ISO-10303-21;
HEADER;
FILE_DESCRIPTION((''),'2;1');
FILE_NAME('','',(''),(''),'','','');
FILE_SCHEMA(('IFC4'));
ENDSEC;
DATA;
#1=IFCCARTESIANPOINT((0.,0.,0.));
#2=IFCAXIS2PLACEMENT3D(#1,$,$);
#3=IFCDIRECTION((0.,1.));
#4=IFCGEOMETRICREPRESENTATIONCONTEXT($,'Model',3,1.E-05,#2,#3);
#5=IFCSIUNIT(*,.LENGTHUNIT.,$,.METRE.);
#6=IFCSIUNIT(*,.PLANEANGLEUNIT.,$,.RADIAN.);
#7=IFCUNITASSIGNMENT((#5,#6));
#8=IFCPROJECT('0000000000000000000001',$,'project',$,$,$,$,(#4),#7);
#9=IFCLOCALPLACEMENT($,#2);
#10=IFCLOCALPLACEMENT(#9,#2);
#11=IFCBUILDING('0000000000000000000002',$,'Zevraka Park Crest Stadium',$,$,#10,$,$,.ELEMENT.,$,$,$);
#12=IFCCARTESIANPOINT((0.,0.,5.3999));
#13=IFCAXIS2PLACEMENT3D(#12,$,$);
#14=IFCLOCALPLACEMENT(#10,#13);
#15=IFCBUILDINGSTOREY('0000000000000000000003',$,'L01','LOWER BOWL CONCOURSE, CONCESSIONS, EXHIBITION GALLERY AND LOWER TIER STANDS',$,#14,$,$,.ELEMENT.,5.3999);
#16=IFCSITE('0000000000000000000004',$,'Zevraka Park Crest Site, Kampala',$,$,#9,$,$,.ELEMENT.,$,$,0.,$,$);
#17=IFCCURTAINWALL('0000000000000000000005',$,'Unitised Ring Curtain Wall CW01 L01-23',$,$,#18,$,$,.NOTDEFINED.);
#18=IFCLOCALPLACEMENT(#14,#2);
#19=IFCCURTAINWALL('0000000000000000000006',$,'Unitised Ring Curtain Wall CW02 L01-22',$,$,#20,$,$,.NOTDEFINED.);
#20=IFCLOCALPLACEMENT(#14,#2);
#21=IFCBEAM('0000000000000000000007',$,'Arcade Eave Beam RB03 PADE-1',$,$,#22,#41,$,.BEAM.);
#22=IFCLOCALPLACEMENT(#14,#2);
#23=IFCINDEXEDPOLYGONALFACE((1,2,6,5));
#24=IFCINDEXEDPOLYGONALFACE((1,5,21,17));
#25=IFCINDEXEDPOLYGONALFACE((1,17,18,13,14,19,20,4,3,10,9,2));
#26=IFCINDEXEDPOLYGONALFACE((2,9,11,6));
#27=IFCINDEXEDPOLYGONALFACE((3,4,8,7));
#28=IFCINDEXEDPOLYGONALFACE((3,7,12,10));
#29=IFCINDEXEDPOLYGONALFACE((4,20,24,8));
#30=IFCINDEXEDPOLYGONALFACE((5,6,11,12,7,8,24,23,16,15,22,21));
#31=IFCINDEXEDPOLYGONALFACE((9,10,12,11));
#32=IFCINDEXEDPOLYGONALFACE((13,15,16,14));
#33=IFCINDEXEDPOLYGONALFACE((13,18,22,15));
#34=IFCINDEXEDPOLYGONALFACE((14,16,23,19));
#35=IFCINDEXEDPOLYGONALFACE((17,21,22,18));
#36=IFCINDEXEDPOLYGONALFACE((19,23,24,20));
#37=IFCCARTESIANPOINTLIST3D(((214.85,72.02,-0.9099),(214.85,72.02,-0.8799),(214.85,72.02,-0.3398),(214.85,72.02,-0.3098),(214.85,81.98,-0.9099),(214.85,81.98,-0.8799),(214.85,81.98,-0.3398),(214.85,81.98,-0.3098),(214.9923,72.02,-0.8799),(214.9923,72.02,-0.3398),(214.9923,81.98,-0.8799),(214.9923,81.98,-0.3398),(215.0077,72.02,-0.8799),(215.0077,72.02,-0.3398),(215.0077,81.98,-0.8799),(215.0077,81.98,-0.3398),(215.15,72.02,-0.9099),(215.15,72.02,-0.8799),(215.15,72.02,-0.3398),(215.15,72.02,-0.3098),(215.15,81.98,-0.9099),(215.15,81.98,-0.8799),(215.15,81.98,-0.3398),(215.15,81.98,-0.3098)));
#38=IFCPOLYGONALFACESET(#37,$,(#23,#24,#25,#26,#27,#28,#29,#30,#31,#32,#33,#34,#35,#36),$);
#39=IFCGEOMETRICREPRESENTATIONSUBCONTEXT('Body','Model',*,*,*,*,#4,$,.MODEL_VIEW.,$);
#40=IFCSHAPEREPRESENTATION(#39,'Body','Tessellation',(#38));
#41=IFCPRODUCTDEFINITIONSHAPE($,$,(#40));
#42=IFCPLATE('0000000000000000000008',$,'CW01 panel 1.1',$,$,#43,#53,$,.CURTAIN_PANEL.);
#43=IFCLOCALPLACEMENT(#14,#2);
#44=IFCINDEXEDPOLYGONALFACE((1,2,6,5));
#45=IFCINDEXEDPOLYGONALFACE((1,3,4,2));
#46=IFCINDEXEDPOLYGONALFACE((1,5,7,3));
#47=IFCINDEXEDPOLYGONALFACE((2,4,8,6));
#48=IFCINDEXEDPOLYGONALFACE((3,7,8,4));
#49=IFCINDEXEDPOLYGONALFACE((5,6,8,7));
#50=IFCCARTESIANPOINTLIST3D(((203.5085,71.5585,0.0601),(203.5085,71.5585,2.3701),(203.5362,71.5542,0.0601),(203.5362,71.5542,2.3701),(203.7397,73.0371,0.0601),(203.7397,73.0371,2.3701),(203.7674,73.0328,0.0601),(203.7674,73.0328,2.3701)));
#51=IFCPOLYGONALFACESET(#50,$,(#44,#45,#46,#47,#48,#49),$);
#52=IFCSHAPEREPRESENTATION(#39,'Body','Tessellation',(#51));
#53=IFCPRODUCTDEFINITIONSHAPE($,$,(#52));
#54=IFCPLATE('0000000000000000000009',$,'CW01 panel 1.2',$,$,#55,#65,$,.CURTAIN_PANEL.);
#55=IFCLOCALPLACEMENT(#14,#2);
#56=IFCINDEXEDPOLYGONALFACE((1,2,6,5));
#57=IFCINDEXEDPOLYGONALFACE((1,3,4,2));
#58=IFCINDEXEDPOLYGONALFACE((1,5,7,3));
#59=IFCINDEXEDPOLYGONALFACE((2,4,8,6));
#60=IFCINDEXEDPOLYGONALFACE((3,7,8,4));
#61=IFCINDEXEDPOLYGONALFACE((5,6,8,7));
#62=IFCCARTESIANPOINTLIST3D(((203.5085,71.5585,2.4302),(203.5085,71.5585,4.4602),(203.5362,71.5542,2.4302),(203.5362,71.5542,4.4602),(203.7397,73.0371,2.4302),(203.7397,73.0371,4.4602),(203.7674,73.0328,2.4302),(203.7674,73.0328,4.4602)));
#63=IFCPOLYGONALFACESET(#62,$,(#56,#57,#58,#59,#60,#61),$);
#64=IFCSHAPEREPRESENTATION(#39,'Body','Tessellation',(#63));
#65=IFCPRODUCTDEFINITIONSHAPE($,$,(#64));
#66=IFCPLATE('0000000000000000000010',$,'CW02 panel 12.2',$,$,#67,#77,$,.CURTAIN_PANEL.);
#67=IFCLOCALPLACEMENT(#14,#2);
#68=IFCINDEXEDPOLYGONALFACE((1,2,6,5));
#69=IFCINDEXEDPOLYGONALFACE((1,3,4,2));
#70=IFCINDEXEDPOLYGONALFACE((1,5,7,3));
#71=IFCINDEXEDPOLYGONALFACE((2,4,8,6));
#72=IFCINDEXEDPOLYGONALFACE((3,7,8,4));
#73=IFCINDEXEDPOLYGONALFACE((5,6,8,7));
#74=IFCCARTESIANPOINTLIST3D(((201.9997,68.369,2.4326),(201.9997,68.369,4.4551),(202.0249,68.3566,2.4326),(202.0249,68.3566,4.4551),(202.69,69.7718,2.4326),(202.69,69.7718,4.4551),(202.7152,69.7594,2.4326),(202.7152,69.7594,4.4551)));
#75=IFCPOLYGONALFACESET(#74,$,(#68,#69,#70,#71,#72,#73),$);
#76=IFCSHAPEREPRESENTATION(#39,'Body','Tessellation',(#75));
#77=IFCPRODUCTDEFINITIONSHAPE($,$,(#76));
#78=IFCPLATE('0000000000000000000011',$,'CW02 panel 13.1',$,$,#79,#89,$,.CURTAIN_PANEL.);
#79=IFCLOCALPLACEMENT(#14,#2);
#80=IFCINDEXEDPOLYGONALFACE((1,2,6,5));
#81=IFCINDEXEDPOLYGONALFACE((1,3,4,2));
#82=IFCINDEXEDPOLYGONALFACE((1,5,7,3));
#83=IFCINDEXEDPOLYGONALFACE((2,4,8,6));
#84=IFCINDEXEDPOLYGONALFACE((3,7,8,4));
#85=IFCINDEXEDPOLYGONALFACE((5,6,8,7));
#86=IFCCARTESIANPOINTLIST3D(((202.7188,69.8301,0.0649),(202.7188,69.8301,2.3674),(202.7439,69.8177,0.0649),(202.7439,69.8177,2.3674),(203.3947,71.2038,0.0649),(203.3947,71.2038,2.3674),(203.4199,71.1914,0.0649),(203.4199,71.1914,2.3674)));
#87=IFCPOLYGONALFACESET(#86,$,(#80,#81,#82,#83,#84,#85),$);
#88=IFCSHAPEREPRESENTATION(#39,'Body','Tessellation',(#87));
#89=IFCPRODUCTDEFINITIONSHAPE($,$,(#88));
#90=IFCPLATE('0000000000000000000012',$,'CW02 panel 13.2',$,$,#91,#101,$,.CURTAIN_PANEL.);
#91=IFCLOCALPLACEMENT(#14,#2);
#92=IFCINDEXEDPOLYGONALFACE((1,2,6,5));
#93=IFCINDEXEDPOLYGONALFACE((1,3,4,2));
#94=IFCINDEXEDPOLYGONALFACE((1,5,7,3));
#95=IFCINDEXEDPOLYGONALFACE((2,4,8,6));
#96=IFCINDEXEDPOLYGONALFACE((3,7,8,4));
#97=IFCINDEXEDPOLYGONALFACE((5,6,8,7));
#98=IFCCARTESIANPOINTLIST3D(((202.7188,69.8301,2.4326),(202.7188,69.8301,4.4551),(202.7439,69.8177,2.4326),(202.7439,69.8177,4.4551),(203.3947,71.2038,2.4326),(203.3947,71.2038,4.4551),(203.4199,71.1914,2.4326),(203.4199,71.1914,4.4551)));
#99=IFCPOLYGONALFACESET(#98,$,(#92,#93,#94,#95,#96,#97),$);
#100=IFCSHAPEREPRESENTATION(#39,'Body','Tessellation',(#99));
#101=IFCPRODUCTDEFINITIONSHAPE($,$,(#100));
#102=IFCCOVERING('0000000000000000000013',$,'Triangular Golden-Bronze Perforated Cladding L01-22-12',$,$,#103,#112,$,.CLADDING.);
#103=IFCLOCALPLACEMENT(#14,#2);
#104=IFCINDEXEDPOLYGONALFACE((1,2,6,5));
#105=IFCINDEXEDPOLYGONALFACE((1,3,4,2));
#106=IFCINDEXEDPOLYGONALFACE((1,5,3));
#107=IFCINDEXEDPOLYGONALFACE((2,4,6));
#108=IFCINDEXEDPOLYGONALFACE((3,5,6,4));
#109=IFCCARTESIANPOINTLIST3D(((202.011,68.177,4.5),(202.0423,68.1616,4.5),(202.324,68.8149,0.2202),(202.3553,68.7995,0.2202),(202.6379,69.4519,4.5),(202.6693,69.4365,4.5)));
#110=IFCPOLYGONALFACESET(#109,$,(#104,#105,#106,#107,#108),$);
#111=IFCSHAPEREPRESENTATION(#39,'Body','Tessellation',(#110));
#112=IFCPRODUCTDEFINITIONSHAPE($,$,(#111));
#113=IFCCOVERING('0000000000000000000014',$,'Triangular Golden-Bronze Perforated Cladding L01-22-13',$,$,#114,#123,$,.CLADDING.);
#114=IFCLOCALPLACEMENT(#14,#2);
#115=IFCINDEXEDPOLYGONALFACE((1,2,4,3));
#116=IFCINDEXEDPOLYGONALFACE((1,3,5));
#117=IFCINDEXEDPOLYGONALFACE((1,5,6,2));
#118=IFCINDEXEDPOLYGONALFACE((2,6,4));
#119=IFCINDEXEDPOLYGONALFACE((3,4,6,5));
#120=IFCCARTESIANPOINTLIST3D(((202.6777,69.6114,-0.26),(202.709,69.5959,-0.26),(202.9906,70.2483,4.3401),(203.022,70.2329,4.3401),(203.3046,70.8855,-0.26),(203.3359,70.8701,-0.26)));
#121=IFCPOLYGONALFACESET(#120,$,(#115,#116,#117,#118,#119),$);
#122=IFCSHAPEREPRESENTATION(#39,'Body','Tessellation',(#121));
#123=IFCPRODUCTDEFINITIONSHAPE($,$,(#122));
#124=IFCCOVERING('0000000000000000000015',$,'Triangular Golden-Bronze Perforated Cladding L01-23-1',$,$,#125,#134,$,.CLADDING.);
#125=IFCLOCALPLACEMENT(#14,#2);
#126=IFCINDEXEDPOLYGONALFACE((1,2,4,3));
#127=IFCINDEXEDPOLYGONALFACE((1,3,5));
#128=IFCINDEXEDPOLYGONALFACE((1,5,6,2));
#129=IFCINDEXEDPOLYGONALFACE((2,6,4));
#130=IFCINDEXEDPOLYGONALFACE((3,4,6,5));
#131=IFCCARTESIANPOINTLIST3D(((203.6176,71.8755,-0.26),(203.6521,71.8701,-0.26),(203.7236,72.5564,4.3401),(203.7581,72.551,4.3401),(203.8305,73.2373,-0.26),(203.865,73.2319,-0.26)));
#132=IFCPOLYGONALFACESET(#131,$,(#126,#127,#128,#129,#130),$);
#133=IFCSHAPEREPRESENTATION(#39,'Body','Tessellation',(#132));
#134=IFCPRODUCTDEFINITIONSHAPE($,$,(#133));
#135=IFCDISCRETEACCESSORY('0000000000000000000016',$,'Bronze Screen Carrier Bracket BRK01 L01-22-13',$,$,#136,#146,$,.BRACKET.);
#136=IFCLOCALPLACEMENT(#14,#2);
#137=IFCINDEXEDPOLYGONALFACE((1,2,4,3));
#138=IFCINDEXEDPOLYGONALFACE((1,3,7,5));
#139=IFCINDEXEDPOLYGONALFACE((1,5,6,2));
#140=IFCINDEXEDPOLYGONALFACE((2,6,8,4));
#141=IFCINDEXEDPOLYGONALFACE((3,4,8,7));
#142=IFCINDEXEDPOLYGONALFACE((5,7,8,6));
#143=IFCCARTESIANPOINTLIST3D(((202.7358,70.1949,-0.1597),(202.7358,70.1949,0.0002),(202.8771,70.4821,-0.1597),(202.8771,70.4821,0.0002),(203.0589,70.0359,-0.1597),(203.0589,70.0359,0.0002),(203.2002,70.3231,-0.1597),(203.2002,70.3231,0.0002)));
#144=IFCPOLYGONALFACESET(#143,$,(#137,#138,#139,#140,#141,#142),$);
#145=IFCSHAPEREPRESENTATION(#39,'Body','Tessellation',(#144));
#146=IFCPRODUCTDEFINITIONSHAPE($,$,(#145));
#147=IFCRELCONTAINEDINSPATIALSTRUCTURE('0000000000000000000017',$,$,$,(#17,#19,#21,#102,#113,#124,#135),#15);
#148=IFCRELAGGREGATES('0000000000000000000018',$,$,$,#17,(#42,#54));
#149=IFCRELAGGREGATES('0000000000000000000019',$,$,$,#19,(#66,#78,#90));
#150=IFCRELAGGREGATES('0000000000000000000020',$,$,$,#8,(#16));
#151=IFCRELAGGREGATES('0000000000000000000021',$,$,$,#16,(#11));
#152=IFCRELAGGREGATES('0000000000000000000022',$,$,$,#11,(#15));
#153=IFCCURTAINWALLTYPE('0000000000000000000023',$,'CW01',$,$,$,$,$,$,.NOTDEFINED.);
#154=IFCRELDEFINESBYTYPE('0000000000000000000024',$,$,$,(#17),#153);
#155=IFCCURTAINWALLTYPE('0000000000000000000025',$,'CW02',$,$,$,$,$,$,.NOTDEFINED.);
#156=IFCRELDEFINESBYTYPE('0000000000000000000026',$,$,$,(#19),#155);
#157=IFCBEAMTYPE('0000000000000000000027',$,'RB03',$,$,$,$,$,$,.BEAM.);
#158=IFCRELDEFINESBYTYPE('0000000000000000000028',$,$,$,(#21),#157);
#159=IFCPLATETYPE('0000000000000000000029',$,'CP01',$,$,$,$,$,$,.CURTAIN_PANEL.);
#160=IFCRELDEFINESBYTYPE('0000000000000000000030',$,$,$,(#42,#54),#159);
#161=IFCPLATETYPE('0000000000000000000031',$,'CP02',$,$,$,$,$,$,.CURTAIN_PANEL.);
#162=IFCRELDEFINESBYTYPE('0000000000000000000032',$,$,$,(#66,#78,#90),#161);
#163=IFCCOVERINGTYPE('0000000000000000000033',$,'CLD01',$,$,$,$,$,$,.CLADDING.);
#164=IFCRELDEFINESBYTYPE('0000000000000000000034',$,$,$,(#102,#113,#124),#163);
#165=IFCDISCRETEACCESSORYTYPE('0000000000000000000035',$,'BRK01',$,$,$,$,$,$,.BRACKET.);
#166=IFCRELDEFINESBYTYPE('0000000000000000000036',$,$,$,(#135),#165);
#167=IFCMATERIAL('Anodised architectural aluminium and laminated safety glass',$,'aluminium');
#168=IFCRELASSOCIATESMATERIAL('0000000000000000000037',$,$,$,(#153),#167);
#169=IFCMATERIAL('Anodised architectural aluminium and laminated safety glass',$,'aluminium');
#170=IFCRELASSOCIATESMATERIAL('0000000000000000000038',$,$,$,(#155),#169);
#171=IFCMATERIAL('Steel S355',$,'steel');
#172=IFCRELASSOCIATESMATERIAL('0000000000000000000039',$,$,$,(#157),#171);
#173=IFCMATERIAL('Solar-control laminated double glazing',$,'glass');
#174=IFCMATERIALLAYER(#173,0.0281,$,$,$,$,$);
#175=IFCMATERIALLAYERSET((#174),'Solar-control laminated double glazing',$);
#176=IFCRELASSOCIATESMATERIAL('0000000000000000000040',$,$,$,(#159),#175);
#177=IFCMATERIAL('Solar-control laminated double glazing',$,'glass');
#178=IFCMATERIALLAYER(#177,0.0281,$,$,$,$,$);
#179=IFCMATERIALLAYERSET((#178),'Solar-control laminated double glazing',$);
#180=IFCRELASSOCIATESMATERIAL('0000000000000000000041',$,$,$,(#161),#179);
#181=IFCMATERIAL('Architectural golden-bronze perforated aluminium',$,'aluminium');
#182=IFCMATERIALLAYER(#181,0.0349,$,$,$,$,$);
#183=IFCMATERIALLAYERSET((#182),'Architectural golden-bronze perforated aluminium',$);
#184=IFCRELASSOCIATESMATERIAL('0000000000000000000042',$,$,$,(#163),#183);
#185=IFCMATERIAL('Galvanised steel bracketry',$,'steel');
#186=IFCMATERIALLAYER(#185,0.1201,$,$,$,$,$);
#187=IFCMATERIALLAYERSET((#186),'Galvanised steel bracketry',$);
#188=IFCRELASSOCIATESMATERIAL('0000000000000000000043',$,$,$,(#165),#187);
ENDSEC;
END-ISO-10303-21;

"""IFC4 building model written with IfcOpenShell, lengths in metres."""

from ifc_helpers import new_model, si_unit, direction, frame, origin, origin_2d, place, context, subcontext, project, spatial, polyline, rectangle, i_section, outline, extrude, material, layer, layer_set, material_profile, profile_set, type_object, element, aggregate, save


model = new_model("IFC4")

# Units and contexts
model_context = context("Model", 3, precision=1e-05, world=origin(), true_north=direction((0.0, 1.0)))
body_context = subcontext(model_context, "Body", "Model", "MODEL_VIEW")
ifc_project = project(units=[si_unit("LENGTHUNIT", "METRE"), si_unit("PLANEANGLEUNIT", "RADIAN")], contexts=[model_context])

# Site, building, storey
site_placement = place(None, origin())
site = spatial("IfcSite", under=ifc_project, at=site_placement, Name="Zevraka Park Crest Site, Kampala", CompositionType="ELEMENT", RefElevation=0.0)
building_placement = place(site_placement, origin())
building = spatial("IfcBuilding", under=site, at=building_placement, Name="Zevraka Park Crest Stadium", CompositionType="ELEMENT")
storey_placement = place(building_placement, frame((0.0, 0.0, 5.3999)))
storey = spatial("IfcBuildingStorey", under=building, at=storey_placement, Name="L01", Description="LOWER BOWL CONCOURSE, CONCESSIONS, EXHIBITION GALLERY AND LOWER TIER STANDS", CompositionType="ELEMENT", Elevation=5.3999)

# Curtain wall
ifc_material_1 = material(Name="Anodised architectural aluminium and laminated safety glass", Category="aluminium")
curtain_wall_type_1 = type_object("IfcCurtainWallType", Name="CW01", PredefinedType="NOTDEFINED", material=ifc_material_1)
curtain_wall_1_placement = place(storey_placement, origin())
curtain_wall_1 = element("IfcCurtainWall", 1, at=curtain_wall_1_placement, inside=storey, type_object=curtain_wall_type_1, Name="Unitised Ring Curtain Wall CW01 L01-23", PredefinedType="NOTDEFINED")

# Curtain wall
ifc_material_2 = material(Name="Anodised architectural aluminium and laminated safety glass", Category="aluminium")
curtain_wall_type_2 = type_object("IfcCurtainWallType", Name="CW02", PredefinedType="NOTDEFINED", material=ifc_material_2)
curtain_wall_2_placement = place(storey_placement, origin())
curtain_wall_2 = element("IfcCurtainWall", 2, at=curtain_wall_2_placement, inside=storey, type_object=curtain_wall_type_2, Name="Unitised Ring Curtain Wall CW02 L01-22", PredefinedType="NOTDEFINED")

# Beam
ifc_material_3 = material(Name="Steel S355", Category="steel")
ifc_material_profile_1 = material_profile(ifc_material_3, i_section(OverallWidth=0.3, OverallDepth=0.6001, WebThickness=0.0154, FlangeThickness=0.03, at=origin_2d()), Name="HEB 600")
ifc_profile_set_1 = profile_set([ifc_material_profile_1], Name="Steel S355")
beam_type_1 = type_object("IfcBeamType", Name="RB03", PredefinedType="BEAM", material=ifc_profile_set_1)
beam_1_placement = place(storey_placement, frame((215.0, 72.02, -0.6099), z_axis=(0.0, 1.0, 0.0), x_axis=(-1.0, 0.0, 0.0)))
element("IfcBeam", 3, at=beam_1_placement, inside=storey, type_object=beam_type_1, Name="Arcade Eave Beam RB03 PADE-1", PredefinedType="BEAM", context=body_context, shape_type="SweptSolid", body=[
    extrude(i_section(OverallWidth=0.3, OverallDepth=0.6001, WebThickness=0.0154, FlangeThickness=0.03, at=origin_2d()), origin(), (0.0, 0.0, 1.0), 9.96),
])

# Plates
ifc_material_4 = material(Name="Solar-control laminated double glazing", Category="glass")
ifc_layer_1 = layer(ifc_material_4, 0.0281)
ifc_layer_set_1 = layer_set([ifc_layer_1], Name="Solar-control laminated double glazing")
plate_type_1 = type_object("IfcPlateType", Name="CP01", PredefinedType="CURTAIN_PANEL", material=ifc_layer_set_1)
plate_1_placement = place(storey_placement, frame((203.6379, 72.2957, 0.0601), z_axis=(0.0, 0.0, 1.0), x_axis=(0.154476, 0.987997, 0.0)))
plate_1 = element("IfcPlate", 4, at=plate_1_placement, type_object=plate_type_1, Name="CW01 panel 1.1", PredefinedType="CURTAIN_PANEL", context=body_context, shape_type="SweptSolid", body=[
    extrude(rectangle(XDim=1.4966, YDim=0.0281, at=origin_2d()), origin(), (0.0, 0.0, 1.0), 2.3101),
])
plate_2_placement = place(storey_placement, frame((203.6379, 72.2957, 2.4302), z_axis=(0.0, 0.0, 1.0), x_axis=(0.154476, 0.987997, 0.0)))
plate_2 = element("IfcPlate", 5, at=plate_2_placement, type_object=plate_type_1, Name="CW01 panel 1.2", PredefinedType="CURTAIN_PANEL", context=body_context, shape_type="SweptSolid", body=[
    extrude(rectangle(XDim=1.4966, YDim=0.0281, at=origin_2d()), origin(), (0.0, 0.0, 1.0), 2.03),
])
aggregate(curtain_wall_1, [plate_1, plate_2])
ifc_material_5 = material(Name="Solar-control laminated double glazing", Category="glass")
ifc_layer_2 = layer(ifc_material_5, 0.0281)
ifc_layer_set_2 = layer_set([ifc_layer_2], Name="Solar-control laminated double glazing")
plate_type_2 = type_object("IfcPlateType", Name="CP02", PredefinedType="CURTAIN_PANEL", material=ifc_layer_set_2)
plate_3_placement = place(storey_placement, frame((202.3574, 69.0642, 2.4326), z_axis=(0.0, 0.0, 1.0), x_axis=(0.441517, 0.897253, 0.0)))
plate_3 = element("IfcPlate", 6, at=plate_3_placement, type_object=plate_type_2, Name="CW02 panel 12.2", PredefinedType="CURTAIN_PANEL", context=body_context, shape_type="SweptSolid", body=[
    extrude(rectangle(XDim=1.5635, YDim=0.0281, at=origin_2d()), origin(), (0.0, 0.0, 1.0), 2.0225),
])
plate_4_placement = place(storey_placement, frame((203.0693, 70.5107, 0.0649), z_axis=(0.0, 0.0, 1.0), x_axis=(0.441517, 0.897253, 0.0)))
plate_4 = element("IfcPlate", 7, at=plate_4_placement, type_object=plate_type_2, Name="CW02 panel 13.1", PredefinedType="CURTAIN_PANEL", context=body_context, shape_type="SweptSolid", body=[
    extrude(rectangle(XDim=1.531, YDim=0.0281, at=origin_2d()), origin(), (0.0, 0.0, 1.0), 2.3025),
])
plate_5_placement = place(storey_placement, frame((203.0693, 70.5107, 2.4326), z_axis=(0.0, 0.0, 1.0), x_axis=(0.441517, 0.897253, 0.0)))
plate_5 = element("IfcPlate", 8, at=plate_5_placement, type_object=plate_type_2, Name="CW02 panel 13.2", PredefinedType="CURTAIN_PANEL", context=body_context, shape_type="SweptSolid", body=[
    extrude(rectangle(XDim=1.531, YDim=0.0281, at=origin_2d()), origin(), (0.0, 0.0, 1.0), 2.0225),
])
aggregate(curtain_wall_2, [plate_3, plate_4, plate_5])

# Coverings
ifc_material_6 = material(Name="Architectural golden-bronze perforated aluminium", Category="aluminium")
ifc_layer_3 = layer(ifc_material_6, 0.0349)
ifc_layer_set_3 = layer_set([ifc_layer_3], Name="Architectural golden-bronze perforated aluminium")
covering_type = type_object("IfcCoveringType", Name="CLD01", PredefinedType="CLADDING", material=ifc_layer_set_3)
covering_1_placement = place(storey_placement, frame((202.6379, 69.4519, 4.5), z_axis=(-0.897363, 0.441292, 0.000153), x_axis=(-0.441292, -0.897363, 0.0)))
element("IfcCovering", 9, at=covering_1_placement, inside=storey, type_object=covering_type, Name="Triangular Golden-Bronze Perforated Cladding L01-22-12", PredefinedType="CLADDING", context=body_context, shape_type="SweptSolid", body=[
    extrude(outline(polyline([(0.0, 0.0), (1.4207, 0.0), (0.7101, -4.2798), (0.0, 0.0)])), origin(), (0.0, 0.0, -1.0), 0.0349),
])
covering_2_placement = place(storey_placement, frame((202.709, 69.5959, -0.26), z_axis=(0.897263, -0.441497, 0.000084), x_axis=(0.441497, 0.897263, 0.0)))
element("IfcCovering", 10, at=covering_2_placement, inside=storey, type_object=covering_type, Name="Triangular Golden-Bronze Perforated Cladding L01-22-13", PredefinedType="CLADDING", context=body_context, shape_type="SweptSolid", body=[
    extrude(outline(polyline([(0.0, 0.0), (1.4201, 0.0), (0.7097, 4.6001), (0.0, 0.0)])), origin(), (0.0, 0.0, -1.0), 0.0349),
])
covering_3_placement = place(storey_placement, frame((203.6521, 71.8701, -0.26), z_axis=(0.988, -0.154453, 0.000105), x_axis=(0.154453, 0.988, 0.0)))
element("IfcCovering", 11, at=covering_3_placement, inside=storey, type_object=covering_type, Name="Triangular Golden-Bronze Perforated Cladding L01-23-1", PredefinedType="CLADDING", context=body_context, shape_type="SweptSolid", body=[
    extrude(outline(polyline([(0.0, 0.0), (1.3784, 0.0), (0.6891, 4.6001), (0.0, 0.0)])), origin(), (0.0, 0.0, -1.0), 0.0349),
])

# Discrete accessory
ifc_material_7 = material(Name="Galvanised steel bracketry", Category="steel")
ifc_layer_4 = layer(ifc_material_7, 0.1201)
ifc_layer_set_4 = layer_set([ifc_layer_4], Name="Galvanised steel bracketry")
discrete_accessory_type = type_object("IfcDiscreteAccessoryType", Name="BRK01", PredefinedType="BRACKET", material=ifc_layer_set_4)
discrete_accessory_placement = place(storey_placement, frame((202.968, 70.259, -0.1597), z_axis=(0.0, 0.0, 1.0), x_axis=(0.441506, 0.897258, 0.0)))
element("IfcDiscreteAccessory", 12, at=discrete_accessory_placement, inside=storey, type_object=discrete_accessory_type, Name="Bronze Screen Carrier Bracket BRK01 L01-22-13", PredefinedType="BRACKET", context=body_context, shape_type="SweptSolid", body=[
    extrude(rectangle(XDim=0.3201, YDim=0.3601, at=origin_2d()), origin(), (0.0, 0.0, 1.0), 0.1599),
])

save(model, "model.ifc")
